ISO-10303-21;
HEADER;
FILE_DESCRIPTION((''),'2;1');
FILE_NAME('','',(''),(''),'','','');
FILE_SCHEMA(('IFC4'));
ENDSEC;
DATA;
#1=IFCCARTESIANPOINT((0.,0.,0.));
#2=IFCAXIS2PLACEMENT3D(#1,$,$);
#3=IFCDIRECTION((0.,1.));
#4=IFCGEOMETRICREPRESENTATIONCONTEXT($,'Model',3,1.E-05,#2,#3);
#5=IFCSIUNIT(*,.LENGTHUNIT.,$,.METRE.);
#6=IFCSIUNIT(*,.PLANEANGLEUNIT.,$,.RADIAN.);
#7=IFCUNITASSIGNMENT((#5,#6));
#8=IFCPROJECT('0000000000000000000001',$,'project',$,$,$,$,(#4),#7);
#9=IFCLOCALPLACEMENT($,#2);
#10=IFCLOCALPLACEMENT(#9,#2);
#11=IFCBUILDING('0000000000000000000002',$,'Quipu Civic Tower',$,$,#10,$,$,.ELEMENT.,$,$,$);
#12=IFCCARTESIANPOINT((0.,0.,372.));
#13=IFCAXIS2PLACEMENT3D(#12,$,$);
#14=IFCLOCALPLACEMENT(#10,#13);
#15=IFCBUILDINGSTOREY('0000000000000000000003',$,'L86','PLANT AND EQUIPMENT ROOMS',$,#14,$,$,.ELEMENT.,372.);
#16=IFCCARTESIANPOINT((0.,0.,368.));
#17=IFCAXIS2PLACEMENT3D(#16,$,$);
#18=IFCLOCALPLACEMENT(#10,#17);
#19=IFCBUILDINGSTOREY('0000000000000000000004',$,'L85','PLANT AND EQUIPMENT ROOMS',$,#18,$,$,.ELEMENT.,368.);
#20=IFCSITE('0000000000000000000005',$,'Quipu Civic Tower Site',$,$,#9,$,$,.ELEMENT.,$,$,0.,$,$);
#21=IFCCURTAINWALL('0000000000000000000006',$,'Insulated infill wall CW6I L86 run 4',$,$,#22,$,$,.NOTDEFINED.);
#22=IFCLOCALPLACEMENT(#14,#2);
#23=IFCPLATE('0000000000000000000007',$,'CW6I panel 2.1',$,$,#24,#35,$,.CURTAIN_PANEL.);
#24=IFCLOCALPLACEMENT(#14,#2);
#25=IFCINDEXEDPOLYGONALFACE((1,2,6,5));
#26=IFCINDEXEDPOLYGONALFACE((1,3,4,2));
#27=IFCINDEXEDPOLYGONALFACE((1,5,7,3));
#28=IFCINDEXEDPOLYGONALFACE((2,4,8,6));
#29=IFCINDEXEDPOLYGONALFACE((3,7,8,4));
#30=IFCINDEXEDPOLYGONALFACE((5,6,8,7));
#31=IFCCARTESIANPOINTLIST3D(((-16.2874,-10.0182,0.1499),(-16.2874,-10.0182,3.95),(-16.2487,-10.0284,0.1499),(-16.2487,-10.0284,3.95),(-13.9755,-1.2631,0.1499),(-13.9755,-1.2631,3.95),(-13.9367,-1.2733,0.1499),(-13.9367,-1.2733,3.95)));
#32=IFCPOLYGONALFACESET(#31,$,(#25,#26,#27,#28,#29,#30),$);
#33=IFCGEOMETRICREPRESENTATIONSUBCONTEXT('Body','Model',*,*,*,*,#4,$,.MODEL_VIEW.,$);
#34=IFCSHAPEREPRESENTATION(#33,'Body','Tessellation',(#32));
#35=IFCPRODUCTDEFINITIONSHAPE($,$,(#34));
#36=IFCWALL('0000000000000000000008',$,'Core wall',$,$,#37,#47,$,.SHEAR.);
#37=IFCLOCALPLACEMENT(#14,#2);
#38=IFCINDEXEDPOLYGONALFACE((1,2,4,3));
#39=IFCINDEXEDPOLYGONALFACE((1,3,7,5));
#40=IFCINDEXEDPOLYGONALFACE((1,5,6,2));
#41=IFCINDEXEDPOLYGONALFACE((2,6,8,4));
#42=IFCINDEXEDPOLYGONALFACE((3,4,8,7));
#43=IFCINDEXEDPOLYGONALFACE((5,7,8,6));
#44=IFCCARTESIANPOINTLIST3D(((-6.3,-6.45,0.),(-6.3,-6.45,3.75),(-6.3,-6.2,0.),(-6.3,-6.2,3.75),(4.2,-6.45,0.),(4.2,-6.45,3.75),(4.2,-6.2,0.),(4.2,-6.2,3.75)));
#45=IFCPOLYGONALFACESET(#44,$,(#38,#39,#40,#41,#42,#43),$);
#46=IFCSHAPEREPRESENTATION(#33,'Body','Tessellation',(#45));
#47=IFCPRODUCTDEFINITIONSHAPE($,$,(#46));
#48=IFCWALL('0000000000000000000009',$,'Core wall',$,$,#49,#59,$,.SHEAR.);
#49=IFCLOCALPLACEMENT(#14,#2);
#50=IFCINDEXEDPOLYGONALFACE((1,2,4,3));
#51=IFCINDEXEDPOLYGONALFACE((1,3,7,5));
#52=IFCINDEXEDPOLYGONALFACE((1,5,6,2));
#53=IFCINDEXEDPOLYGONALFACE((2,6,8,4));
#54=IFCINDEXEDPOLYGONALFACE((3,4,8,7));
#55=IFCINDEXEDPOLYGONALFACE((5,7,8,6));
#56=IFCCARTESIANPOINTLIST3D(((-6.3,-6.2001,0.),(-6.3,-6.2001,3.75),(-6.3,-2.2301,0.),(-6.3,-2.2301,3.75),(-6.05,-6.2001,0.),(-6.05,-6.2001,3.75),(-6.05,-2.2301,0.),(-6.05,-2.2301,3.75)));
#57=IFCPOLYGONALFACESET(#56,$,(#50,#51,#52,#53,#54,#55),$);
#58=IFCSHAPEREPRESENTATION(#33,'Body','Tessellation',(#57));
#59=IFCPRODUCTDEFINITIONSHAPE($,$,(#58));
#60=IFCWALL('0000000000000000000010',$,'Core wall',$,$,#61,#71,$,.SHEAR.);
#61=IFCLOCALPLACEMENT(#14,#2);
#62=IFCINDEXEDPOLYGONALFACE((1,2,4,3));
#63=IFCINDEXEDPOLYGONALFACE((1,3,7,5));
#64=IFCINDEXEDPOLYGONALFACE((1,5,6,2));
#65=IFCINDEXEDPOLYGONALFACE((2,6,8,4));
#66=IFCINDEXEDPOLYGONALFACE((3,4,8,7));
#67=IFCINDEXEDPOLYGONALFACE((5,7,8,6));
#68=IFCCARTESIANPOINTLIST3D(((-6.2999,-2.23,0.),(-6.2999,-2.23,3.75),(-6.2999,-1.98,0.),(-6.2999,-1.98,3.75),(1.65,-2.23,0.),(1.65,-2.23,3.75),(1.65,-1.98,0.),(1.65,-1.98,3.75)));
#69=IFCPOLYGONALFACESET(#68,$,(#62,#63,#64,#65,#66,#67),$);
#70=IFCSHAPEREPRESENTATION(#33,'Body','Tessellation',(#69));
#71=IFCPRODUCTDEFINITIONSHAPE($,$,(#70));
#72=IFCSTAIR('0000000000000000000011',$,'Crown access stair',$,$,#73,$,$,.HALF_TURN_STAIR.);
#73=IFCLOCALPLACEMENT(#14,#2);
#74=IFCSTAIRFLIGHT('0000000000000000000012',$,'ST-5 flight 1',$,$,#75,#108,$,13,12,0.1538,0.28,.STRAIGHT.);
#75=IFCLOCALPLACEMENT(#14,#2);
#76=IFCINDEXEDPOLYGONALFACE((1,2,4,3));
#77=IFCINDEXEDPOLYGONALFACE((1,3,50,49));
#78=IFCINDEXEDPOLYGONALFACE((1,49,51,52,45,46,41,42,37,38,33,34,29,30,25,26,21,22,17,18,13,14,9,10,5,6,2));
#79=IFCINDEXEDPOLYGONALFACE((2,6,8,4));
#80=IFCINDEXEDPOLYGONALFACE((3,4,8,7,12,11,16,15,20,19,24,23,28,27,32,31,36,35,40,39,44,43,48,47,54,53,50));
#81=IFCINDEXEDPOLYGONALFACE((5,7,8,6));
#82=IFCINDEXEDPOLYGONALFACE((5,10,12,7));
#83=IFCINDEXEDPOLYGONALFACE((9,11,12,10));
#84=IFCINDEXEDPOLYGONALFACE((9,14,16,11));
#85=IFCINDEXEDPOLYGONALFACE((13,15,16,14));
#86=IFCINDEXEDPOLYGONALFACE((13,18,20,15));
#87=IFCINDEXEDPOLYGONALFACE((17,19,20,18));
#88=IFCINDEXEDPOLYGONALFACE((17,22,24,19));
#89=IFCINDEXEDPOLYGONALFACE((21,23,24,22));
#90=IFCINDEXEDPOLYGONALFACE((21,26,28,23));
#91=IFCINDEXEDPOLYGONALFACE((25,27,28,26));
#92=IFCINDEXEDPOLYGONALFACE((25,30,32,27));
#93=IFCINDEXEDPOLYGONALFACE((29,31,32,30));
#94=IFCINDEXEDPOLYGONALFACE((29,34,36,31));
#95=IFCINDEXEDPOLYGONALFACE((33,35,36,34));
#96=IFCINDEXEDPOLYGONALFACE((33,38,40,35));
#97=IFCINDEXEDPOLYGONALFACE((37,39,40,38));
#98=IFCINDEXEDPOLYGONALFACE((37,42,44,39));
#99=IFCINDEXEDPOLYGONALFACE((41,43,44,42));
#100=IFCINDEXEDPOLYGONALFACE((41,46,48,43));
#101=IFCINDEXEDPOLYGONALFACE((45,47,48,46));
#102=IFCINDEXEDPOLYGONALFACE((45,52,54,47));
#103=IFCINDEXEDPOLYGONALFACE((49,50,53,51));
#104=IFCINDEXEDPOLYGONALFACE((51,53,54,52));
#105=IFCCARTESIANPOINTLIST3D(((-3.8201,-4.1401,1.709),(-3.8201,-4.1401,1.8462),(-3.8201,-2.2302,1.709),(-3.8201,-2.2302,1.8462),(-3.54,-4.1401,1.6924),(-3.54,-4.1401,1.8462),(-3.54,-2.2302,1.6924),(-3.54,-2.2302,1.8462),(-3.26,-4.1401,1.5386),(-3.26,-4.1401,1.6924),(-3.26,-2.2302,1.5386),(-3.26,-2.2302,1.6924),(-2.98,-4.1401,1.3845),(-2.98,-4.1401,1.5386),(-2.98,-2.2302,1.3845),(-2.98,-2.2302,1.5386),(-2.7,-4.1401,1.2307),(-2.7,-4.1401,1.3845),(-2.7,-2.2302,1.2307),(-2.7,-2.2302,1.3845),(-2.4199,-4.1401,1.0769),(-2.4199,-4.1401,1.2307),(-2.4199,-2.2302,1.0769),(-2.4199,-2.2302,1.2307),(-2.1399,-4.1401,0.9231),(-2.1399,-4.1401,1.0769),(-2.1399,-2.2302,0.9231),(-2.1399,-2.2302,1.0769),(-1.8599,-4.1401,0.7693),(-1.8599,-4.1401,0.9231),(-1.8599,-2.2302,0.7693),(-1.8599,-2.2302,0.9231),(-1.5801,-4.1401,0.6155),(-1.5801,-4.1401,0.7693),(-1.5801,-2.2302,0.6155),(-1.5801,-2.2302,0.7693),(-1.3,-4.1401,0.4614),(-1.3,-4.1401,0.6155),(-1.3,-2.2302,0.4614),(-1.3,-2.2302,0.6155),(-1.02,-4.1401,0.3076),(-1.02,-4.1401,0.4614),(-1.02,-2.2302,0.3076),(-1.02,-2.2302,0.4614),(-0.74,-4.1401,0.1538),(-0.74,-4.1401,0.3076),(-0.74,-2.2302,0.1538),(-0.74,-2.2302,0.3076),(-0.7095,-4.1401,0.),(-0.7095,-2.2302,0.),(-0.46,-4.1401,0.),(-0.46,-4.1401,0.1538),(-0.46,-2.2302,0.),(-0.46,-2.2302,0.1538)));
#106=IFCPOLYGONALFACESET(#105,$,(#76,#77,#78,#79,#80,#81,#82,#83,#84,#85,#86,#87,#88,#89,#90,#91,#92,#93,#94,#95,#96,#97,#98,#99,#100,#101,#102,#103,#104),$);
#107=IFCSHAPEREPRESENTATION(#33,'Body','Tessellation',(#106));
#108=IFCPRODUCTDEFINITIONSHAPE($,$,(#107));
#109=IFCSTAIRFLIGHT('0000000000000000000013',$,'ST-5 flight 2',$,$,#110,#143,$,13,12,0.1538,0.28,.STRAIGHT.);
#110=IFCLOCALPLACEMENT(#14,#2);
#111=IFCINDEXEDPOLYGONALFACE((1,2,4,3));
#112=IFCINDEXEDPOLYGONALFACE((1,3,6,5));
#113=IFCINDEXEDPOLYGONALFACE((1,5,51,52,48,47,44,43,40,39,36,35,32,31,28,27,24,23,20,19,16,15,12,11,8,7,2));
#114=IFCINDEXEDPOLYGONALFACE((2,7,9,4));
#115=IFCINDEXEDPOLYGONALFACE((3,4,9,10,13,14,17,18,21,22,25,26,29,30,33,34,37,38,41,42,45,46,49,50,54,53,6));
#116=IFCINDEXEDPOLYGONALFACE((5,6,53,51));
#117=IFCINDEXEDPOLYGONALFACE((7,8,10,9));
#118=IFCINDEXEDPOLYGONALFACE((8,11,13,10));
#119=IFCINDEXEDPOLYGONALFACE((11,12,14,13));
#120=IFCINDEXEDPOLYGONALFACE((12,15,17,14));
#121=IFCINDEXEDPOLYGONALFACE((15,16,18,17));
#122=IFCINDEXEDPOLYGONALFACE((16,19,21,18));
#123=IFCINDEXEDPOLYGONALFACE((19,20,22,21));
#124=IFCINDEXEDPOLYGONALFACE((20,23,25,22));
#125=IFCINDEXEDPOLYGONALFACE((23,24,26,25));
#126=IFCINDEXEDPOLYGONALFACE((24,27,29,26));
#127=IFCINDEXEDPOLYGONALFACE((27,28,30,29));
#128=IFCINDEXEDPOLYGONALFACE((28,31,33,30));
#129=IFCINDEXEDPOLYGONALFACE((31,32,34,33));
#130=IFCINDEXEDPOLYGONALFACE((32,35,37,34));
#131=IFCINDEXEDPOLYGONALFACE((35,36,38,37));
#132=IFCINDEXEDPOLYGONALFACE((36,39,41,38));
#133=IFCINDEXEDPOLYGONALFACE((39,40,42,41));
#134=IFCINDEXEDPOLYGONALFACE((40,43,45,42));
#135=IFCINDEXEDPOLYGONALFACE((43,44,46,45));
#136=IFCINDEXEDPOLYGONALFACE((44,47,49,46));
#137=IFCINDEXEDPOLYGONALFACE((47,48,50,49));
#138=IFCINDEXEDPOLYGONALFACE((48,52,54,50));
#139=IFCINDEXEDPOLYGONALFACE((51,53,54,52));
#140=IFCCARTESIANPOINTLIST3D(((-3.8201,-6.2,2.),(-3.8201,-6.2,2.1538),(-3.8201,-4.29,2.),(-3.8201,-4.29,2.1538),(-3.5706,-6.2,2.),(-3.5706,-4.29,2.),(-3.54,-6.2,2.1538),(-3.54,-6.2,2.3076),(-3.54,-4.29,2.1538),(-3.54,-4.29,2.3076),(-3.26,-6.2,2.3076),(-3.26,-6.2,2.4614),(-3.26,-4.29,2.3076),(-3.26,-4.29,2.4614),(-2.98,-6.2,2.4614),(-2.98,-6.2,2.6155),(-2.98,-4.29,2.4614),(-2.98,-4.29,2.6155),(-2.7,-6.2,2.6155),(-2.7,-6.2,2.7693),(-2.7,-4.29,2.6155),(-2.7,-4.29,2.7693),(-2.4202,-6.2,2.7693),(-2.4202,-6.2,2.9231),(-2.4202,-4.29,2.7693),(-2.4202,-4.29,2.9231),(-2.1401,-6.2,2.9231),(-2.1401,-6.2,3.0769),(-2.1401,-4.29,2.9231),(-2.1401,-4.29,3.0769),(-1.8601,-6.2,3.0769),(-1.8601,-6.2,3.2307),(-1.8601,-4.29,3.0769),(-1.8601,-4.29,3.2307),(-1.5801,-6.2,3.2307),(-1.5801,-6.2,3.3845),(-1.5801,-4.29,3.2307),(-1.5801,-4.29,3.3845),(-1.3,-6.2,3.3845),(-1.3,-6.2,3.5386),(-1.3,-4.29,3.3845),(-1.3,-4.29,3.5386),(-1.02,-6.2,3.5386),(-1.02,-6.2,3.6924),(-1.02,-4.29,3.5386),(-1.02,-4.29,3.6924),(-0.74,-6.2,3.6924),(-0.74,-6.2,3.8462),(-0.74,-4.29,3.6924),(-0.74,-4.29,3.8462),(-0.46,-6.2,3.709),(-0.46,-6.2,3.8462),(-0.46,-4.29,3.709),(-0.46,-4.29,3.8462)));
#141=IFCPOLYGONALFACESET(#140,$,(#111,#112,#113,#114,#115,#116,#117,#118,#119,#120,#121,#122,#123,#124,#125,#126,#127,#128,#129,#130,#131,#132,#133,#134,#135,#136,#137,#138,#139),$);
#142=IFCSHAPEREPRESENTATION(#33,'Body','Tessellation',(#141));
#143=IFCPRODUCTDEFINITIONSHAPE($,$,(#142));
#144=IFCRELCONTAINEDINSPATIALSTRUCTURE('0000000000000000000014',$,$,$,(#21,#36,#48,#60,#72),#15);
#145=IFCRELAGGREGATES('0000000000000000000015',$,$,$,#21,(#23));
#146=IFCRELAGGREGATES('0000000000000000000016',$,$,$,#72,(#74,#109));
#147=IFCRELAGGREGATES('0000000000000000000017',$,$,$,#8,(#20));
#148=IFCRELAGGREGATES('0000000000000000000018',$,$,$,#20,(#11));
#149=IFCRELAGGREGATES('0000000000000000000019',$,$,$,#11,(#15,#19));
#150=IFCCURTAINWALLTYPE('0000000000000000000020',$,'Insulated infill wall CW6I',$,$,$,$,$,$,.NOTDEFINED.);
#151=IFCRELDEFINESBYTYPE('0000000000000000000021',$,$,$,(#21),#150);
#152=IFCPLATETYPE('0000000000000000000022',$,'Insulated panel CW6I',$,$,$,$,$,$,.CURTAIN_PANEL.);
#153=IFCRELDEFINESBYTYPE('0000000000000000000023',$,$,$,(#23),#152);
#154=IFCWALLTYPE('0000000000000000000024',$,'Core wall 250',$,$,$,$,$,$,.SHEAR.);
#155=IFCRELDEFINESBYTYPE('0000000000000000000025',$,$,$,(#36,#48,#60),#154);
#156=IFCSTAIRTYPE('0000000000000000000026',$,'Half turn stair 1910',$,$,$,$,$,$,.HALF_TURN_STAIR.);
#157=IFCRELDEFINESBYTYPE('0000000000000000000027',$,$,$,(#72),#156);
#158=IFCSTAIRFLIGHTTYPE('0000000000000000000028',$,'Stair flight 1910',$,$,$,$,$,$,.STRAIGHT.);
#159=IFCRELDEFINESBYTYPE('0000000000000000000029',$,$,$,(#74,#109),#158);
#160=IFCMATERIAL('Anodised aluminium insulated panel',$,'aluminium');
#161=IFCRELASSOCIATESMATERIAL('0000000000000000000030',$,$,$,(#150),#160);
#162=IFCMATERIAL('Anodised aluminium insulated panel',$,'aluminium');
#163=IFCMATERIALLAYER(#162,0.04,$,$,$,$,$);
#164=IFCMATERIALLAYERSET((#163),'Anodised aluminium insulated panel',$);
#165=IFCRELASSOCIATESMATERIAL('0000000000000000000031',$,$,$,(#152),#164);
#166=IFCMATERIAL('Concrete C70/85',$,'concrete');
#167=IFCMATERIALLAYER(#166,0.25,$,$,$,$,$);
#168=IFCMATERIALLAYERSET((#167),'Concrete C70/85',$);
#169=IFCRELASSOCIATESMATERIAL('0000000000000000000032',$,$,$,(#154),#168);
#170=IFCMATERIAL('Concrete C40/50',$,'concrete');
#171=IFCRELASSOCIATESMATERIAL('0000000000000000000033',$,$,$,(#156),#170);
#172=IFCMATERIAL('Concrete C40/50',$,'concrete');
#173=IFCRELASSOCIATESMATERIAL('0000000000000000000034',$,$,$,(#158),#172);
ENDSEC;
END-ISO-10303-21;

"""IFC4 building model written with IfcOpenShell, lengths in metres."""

from ifc_helpers import new_model, si_unit, direction, frame, frame_2d, origin, origin_2d, place, context, subcontext, project, spatial, polyline, rectangle, outline, extrude, material, layer, layer_set, type_object, element, aggregate, save


model = new_model("IFC4")

# Units and contexts
model_context = context("Model", 3, precision=1e-05, world=origin(), true_north=direction((0.0, 1.0)))
body_context = subcontext(model_context, "Body", "Model", "MODEL_VIEW")
ifc_project = project(units=[si_unit("LENGTHUNIT", "METRE"), si_unit("PLANEANGLEUNIT", "RADIAN")], contexts=[model_context])

# Site, building, storey
site_placement = place(None, origin())
site = spatial("IfcSite", under=ifc_project, at=site_placement, Name="Quipu Civic Tower Site", CompositionType="ELEMENT", RefElevation=0.0)
building_placement = place(site_placement, origin())
building = spatial("IfcBuilding", under=site, at=building_placement, Name="Quipu Civic Tower", CompositionType="ELEMENT")
storey_1_placement = place(building_placement, frame((0.0, 0.0, 372.0)))
storey_1 = spatial("IfcBuildingStorey", under=building, at=storey_1_placement, Name="L86", Description="PLANT AND EQUIPMENT ROOMS", CompositionType="ELEMENT", Elevation=372.0)

# Curtain wall
ifc_material_1 = material(Name="Anodised aluminium insulated panel", Category="aluminium")
curtain_wall_type_1 = type_object("IfcCurtainWallType", Name="Insulated infill wall CW6I", PredefinedType="NOTDEFINED", material=ifc_material_1)
curtain_wall_1_placement = place(storey_1_placement, origin())
curtain_wall_1 = element("IfcCurtainWall", 1, at=curtain_wall_1_placement, inside=storey_1, type_object=curtain_wall_type_1, Name="Insulated infill wall CW6I L86 run 4", PredefinedType="NOTDEFINED")

# Shared definitions
storey_2_placement = place(building_placement, frame((0.0, 0.0, 368.0)))
storey_2 = spatial("IfcBuildingStorey", under=building, at=storey_2_placement, Name="L85", Description="PLANT AND EQUIPMENT ROOMS", CompositionType="ELEMENT", Elevation=368.0)

# Plate
ifc_material_2 = material(Name="Anodised aluminium insulated panel", Category="aluminium")
ifc_layer_1 = layer(ifc_material_2, 0.04)
ifc_layer_set_1 = layer_set([ifc_layer_1], Name="Anodised aluminium insulated panel")
plate_type_1 = type_object("IfcPlateType", Name="Insulated panel CW6I", PredefinedType="CURTAIN_PANEL", material=ifc_layer_set_1)
plate_1_placement = place(storey_1_placement, frame((-15.1121, -5.6458, 0.1499), z_axis=(0.0, 0.0, 1.0), x_axis=(-0.255316, -0.966858, 0.0)))
plate_1 = element("IfcPlate", 2, at=plate_1_placement, type_object=plate_type_1, Name="CW6I panel 2.1", PredefinedType="CURTAIN_PANEL", context=body_context, shape_type="SweptSolid", body=[
    extrude(rectangle(XDim=9.0552, YDim=0.04, at=origin_2d()), origin(), (0.0, 0.0, 1.0), 3.8),
])
aggregate(curtain_wall_1, [plate_1])

# Walls
ifc_material_3 = material(Name="Concrete C70/85", Category="concrete")
ifc_layer_2 = layer(ifc_material_3, 0.25)
ifc_layer_set_2 = layer_set([ifc_layer_2], Name="Concrete C70/85")
wall_type = type_object("IfcWallType", Name="Core wall 250", PredefinedType="SHEAR", material=ifc_layer_set_2)
wall_1_placement = place(storey_1_placement, frame((-6.3, -6.325, 0.0), z_axis=(0.0, 0.0, 1.0), x_axis=(1.0, 0.0, 0.0)))
element("IfcWall", 3, at=wall_1_placement, inside=storey_1, type_object=wall_type, Name="Core wall", PredefinedType="SHEAR", context=body_context, shape_type="SweptSolid", body=[
    extrude(rectangle(XDim=10.5, YDim=0.25, at=frame_2d((5.25, 0.0))), origin(), (0.0, 0.0, 1.0), 3.75),
])
wall_2_placement = place(storey_1_placement, frame((-6.175, -6.2, 0.0), z_axis=(0.0, 0.0, 1.0), x_axis=(0.0, 1.0, 0.0)))
element("IfcWall", 4, at=wall_2_placement, inside=storey_1, type_object=wall_type, Name="Core wall", PredefinedType="SHEAR", context=body_context, shape_type="SweptSolid", body=[
    extrude(rectangle(XDim=3.97, YDim=0.25, at=frame_2d((1.9849, 0.0))), origin(), (0.0, 0.0, 1.0), 3.75),
])
wall_3_placement = place(storey_1_placement, frame((-6.3, -2.105, 0.0), z_axis=(0.0, 0.0, 1.0), x_axis=(1.0, 0.0, 0.0)))
element("IfcWall", 5, at=wall_3_placement, inside=storey_1, type_object=wall_type, Name="Core wall", PredefinedType="SHEAR", context=body_context, shape_type="SweptSolid", body=[
    extrude(rectangle(XDim=7.95, YDim=0.25, at=frame_2d((3.9751, 0.0))), origin(), (0.0, 0.0, 1.0), 3.75),
])

# Stair, stair flights
ifc_material_4 = material(Name="Concrete C40/50", Category="concrete")
stair_type = type_object("IfcStairType", Name="Half turn stair 1910", PredefinedType="HALF_TURN_STAIR", material=ifc_material_4)
stair_placement = place(storey_1_placement, origin())
stair = element("IfcStair", 6, at=stair_placement, inside=storey_1, type_object=stair_type, Name="Crown access stair", PredefinedType="HALF_TURN_STAIR")
ifc_material_5 = material(Name="Concrete C40/50", Category="concrete")
stair_flight_type = type_object("IfcStairFlightType", Name="Stair flight 1910", PredefinedType="STRAIGHT", material=ifc_material_5)
stair_flight_1_placement = place(storey_1_placement, frame((-0.46, -3.1851, 0.0), z_axis=(0.0, 0.0, 1.0), x_axis=(-1.0, 0.0, 0.0)))
stair_flight_1 = element("IfcStairFlight", 7, at=stair_flight_1_placement, type_object=stair_flight_type, Name="ST-5 flight 1", NumberOfRisers=13, NumberOfTreads=12, PredefinedType="STRAIGHT", RiserHeight=0.1538, TreadLength=0.28, context=body_context, shape_type="SweptSolid", body=[
    extrude(outline(polyline([(0.0, 0.0), (0.0, 0.1538), (0.28, 0.1538), (0.28, 0.3076), (0.5601, 0.3076), (0.5601, 0.4614), (0.8401, 0.4614), (0.8401, 0.6155), (1.1201, 0.6155), (1.1201, 0.7693), (1.3999, 0.7693), (1.3999, 0.9231), (1.6799, 0.9231), (1.6799, 1.0769), (1.96, 1.0769), (1.96, 1.2307), (2.24, 1.2307), (2.24, 1.3845), (2.52, 1.3845), (2.52, 1.5386), (2.8, 1.5386), (2.8, 1.6924), (3.0801, 1.6924), (3.0801, 1.8462), (3.3601, 1.8462), (3.3601, 2.0), (3.3601, 1.709), (0.2495, 0.0), (0.0, 0.0)])), frame((0.0, 0.9551, 0.0), z_axis=(0.0, -1.0, 0.0), x_axis=(1.0, 0.0, 0.0)), (0.0, 0.0, 1.0), 1.9099),
])
stair_flight_2_placement = place(storey_1_placement, frame((-3.8201, -5.2451, 2.0), z_axis=(0.0, 0.0, 1.0), x_axis=(1.0, 0.0, 0.0)))
stair_flight_2 = element("IfcStairFlight", 8, at=stair_flight_2_placement, type_object=stair_flight_type, Name="ST-5 flight 2", NumberOfRisers=13, NumberOfTreads=12, PredefinedType="STRAIGHT", RiserHeight=0.1538, TreadLength=0.28, context=body_context, shape_type="SweptSolid", body=[
    extrude(outline(polyline([(0.0, 0.0), (0.0, 0.1538), (0.28, 0.1538), (0.28, 0.3076), (0.5601, 0.3076), (0.5601, 0.4614), (0.8401, 0.4614), (0.8401, 0.6155), (1.1201, 0.6155), (1.1201, 0.7693), (1.3999, 0.7693), (1.3999, 0.9231), (1.6799, 0.9231), (1.6799, 1.0769), (1.96, 1.0769), (1.96, 1.2307), (2.24, 1.2307), (2.24, 1.3845), (2.52, 1.3845), (2.52, 1.5386), (2.8, 1.5386), (2.8, 1.6924), (3.0801, 1.6924), (3.0801, 1.8462), (3.3601, 1.8462), (3.3601, 2.0), (3.3601, 1.709), (0.2495, 0.0), (0.0, 0.0)])), frame((0.0, 0.9551, 0.0), z_axis=(0.0, -1.0, 0.0), x_axis=(1.0, 0.0, 0.0)), (0.0, 0.0, 1.0), 1.9099),
])
aggregate(stair, [stair_flight_1, stair_flight_2])

save(model, "model.ifc")
